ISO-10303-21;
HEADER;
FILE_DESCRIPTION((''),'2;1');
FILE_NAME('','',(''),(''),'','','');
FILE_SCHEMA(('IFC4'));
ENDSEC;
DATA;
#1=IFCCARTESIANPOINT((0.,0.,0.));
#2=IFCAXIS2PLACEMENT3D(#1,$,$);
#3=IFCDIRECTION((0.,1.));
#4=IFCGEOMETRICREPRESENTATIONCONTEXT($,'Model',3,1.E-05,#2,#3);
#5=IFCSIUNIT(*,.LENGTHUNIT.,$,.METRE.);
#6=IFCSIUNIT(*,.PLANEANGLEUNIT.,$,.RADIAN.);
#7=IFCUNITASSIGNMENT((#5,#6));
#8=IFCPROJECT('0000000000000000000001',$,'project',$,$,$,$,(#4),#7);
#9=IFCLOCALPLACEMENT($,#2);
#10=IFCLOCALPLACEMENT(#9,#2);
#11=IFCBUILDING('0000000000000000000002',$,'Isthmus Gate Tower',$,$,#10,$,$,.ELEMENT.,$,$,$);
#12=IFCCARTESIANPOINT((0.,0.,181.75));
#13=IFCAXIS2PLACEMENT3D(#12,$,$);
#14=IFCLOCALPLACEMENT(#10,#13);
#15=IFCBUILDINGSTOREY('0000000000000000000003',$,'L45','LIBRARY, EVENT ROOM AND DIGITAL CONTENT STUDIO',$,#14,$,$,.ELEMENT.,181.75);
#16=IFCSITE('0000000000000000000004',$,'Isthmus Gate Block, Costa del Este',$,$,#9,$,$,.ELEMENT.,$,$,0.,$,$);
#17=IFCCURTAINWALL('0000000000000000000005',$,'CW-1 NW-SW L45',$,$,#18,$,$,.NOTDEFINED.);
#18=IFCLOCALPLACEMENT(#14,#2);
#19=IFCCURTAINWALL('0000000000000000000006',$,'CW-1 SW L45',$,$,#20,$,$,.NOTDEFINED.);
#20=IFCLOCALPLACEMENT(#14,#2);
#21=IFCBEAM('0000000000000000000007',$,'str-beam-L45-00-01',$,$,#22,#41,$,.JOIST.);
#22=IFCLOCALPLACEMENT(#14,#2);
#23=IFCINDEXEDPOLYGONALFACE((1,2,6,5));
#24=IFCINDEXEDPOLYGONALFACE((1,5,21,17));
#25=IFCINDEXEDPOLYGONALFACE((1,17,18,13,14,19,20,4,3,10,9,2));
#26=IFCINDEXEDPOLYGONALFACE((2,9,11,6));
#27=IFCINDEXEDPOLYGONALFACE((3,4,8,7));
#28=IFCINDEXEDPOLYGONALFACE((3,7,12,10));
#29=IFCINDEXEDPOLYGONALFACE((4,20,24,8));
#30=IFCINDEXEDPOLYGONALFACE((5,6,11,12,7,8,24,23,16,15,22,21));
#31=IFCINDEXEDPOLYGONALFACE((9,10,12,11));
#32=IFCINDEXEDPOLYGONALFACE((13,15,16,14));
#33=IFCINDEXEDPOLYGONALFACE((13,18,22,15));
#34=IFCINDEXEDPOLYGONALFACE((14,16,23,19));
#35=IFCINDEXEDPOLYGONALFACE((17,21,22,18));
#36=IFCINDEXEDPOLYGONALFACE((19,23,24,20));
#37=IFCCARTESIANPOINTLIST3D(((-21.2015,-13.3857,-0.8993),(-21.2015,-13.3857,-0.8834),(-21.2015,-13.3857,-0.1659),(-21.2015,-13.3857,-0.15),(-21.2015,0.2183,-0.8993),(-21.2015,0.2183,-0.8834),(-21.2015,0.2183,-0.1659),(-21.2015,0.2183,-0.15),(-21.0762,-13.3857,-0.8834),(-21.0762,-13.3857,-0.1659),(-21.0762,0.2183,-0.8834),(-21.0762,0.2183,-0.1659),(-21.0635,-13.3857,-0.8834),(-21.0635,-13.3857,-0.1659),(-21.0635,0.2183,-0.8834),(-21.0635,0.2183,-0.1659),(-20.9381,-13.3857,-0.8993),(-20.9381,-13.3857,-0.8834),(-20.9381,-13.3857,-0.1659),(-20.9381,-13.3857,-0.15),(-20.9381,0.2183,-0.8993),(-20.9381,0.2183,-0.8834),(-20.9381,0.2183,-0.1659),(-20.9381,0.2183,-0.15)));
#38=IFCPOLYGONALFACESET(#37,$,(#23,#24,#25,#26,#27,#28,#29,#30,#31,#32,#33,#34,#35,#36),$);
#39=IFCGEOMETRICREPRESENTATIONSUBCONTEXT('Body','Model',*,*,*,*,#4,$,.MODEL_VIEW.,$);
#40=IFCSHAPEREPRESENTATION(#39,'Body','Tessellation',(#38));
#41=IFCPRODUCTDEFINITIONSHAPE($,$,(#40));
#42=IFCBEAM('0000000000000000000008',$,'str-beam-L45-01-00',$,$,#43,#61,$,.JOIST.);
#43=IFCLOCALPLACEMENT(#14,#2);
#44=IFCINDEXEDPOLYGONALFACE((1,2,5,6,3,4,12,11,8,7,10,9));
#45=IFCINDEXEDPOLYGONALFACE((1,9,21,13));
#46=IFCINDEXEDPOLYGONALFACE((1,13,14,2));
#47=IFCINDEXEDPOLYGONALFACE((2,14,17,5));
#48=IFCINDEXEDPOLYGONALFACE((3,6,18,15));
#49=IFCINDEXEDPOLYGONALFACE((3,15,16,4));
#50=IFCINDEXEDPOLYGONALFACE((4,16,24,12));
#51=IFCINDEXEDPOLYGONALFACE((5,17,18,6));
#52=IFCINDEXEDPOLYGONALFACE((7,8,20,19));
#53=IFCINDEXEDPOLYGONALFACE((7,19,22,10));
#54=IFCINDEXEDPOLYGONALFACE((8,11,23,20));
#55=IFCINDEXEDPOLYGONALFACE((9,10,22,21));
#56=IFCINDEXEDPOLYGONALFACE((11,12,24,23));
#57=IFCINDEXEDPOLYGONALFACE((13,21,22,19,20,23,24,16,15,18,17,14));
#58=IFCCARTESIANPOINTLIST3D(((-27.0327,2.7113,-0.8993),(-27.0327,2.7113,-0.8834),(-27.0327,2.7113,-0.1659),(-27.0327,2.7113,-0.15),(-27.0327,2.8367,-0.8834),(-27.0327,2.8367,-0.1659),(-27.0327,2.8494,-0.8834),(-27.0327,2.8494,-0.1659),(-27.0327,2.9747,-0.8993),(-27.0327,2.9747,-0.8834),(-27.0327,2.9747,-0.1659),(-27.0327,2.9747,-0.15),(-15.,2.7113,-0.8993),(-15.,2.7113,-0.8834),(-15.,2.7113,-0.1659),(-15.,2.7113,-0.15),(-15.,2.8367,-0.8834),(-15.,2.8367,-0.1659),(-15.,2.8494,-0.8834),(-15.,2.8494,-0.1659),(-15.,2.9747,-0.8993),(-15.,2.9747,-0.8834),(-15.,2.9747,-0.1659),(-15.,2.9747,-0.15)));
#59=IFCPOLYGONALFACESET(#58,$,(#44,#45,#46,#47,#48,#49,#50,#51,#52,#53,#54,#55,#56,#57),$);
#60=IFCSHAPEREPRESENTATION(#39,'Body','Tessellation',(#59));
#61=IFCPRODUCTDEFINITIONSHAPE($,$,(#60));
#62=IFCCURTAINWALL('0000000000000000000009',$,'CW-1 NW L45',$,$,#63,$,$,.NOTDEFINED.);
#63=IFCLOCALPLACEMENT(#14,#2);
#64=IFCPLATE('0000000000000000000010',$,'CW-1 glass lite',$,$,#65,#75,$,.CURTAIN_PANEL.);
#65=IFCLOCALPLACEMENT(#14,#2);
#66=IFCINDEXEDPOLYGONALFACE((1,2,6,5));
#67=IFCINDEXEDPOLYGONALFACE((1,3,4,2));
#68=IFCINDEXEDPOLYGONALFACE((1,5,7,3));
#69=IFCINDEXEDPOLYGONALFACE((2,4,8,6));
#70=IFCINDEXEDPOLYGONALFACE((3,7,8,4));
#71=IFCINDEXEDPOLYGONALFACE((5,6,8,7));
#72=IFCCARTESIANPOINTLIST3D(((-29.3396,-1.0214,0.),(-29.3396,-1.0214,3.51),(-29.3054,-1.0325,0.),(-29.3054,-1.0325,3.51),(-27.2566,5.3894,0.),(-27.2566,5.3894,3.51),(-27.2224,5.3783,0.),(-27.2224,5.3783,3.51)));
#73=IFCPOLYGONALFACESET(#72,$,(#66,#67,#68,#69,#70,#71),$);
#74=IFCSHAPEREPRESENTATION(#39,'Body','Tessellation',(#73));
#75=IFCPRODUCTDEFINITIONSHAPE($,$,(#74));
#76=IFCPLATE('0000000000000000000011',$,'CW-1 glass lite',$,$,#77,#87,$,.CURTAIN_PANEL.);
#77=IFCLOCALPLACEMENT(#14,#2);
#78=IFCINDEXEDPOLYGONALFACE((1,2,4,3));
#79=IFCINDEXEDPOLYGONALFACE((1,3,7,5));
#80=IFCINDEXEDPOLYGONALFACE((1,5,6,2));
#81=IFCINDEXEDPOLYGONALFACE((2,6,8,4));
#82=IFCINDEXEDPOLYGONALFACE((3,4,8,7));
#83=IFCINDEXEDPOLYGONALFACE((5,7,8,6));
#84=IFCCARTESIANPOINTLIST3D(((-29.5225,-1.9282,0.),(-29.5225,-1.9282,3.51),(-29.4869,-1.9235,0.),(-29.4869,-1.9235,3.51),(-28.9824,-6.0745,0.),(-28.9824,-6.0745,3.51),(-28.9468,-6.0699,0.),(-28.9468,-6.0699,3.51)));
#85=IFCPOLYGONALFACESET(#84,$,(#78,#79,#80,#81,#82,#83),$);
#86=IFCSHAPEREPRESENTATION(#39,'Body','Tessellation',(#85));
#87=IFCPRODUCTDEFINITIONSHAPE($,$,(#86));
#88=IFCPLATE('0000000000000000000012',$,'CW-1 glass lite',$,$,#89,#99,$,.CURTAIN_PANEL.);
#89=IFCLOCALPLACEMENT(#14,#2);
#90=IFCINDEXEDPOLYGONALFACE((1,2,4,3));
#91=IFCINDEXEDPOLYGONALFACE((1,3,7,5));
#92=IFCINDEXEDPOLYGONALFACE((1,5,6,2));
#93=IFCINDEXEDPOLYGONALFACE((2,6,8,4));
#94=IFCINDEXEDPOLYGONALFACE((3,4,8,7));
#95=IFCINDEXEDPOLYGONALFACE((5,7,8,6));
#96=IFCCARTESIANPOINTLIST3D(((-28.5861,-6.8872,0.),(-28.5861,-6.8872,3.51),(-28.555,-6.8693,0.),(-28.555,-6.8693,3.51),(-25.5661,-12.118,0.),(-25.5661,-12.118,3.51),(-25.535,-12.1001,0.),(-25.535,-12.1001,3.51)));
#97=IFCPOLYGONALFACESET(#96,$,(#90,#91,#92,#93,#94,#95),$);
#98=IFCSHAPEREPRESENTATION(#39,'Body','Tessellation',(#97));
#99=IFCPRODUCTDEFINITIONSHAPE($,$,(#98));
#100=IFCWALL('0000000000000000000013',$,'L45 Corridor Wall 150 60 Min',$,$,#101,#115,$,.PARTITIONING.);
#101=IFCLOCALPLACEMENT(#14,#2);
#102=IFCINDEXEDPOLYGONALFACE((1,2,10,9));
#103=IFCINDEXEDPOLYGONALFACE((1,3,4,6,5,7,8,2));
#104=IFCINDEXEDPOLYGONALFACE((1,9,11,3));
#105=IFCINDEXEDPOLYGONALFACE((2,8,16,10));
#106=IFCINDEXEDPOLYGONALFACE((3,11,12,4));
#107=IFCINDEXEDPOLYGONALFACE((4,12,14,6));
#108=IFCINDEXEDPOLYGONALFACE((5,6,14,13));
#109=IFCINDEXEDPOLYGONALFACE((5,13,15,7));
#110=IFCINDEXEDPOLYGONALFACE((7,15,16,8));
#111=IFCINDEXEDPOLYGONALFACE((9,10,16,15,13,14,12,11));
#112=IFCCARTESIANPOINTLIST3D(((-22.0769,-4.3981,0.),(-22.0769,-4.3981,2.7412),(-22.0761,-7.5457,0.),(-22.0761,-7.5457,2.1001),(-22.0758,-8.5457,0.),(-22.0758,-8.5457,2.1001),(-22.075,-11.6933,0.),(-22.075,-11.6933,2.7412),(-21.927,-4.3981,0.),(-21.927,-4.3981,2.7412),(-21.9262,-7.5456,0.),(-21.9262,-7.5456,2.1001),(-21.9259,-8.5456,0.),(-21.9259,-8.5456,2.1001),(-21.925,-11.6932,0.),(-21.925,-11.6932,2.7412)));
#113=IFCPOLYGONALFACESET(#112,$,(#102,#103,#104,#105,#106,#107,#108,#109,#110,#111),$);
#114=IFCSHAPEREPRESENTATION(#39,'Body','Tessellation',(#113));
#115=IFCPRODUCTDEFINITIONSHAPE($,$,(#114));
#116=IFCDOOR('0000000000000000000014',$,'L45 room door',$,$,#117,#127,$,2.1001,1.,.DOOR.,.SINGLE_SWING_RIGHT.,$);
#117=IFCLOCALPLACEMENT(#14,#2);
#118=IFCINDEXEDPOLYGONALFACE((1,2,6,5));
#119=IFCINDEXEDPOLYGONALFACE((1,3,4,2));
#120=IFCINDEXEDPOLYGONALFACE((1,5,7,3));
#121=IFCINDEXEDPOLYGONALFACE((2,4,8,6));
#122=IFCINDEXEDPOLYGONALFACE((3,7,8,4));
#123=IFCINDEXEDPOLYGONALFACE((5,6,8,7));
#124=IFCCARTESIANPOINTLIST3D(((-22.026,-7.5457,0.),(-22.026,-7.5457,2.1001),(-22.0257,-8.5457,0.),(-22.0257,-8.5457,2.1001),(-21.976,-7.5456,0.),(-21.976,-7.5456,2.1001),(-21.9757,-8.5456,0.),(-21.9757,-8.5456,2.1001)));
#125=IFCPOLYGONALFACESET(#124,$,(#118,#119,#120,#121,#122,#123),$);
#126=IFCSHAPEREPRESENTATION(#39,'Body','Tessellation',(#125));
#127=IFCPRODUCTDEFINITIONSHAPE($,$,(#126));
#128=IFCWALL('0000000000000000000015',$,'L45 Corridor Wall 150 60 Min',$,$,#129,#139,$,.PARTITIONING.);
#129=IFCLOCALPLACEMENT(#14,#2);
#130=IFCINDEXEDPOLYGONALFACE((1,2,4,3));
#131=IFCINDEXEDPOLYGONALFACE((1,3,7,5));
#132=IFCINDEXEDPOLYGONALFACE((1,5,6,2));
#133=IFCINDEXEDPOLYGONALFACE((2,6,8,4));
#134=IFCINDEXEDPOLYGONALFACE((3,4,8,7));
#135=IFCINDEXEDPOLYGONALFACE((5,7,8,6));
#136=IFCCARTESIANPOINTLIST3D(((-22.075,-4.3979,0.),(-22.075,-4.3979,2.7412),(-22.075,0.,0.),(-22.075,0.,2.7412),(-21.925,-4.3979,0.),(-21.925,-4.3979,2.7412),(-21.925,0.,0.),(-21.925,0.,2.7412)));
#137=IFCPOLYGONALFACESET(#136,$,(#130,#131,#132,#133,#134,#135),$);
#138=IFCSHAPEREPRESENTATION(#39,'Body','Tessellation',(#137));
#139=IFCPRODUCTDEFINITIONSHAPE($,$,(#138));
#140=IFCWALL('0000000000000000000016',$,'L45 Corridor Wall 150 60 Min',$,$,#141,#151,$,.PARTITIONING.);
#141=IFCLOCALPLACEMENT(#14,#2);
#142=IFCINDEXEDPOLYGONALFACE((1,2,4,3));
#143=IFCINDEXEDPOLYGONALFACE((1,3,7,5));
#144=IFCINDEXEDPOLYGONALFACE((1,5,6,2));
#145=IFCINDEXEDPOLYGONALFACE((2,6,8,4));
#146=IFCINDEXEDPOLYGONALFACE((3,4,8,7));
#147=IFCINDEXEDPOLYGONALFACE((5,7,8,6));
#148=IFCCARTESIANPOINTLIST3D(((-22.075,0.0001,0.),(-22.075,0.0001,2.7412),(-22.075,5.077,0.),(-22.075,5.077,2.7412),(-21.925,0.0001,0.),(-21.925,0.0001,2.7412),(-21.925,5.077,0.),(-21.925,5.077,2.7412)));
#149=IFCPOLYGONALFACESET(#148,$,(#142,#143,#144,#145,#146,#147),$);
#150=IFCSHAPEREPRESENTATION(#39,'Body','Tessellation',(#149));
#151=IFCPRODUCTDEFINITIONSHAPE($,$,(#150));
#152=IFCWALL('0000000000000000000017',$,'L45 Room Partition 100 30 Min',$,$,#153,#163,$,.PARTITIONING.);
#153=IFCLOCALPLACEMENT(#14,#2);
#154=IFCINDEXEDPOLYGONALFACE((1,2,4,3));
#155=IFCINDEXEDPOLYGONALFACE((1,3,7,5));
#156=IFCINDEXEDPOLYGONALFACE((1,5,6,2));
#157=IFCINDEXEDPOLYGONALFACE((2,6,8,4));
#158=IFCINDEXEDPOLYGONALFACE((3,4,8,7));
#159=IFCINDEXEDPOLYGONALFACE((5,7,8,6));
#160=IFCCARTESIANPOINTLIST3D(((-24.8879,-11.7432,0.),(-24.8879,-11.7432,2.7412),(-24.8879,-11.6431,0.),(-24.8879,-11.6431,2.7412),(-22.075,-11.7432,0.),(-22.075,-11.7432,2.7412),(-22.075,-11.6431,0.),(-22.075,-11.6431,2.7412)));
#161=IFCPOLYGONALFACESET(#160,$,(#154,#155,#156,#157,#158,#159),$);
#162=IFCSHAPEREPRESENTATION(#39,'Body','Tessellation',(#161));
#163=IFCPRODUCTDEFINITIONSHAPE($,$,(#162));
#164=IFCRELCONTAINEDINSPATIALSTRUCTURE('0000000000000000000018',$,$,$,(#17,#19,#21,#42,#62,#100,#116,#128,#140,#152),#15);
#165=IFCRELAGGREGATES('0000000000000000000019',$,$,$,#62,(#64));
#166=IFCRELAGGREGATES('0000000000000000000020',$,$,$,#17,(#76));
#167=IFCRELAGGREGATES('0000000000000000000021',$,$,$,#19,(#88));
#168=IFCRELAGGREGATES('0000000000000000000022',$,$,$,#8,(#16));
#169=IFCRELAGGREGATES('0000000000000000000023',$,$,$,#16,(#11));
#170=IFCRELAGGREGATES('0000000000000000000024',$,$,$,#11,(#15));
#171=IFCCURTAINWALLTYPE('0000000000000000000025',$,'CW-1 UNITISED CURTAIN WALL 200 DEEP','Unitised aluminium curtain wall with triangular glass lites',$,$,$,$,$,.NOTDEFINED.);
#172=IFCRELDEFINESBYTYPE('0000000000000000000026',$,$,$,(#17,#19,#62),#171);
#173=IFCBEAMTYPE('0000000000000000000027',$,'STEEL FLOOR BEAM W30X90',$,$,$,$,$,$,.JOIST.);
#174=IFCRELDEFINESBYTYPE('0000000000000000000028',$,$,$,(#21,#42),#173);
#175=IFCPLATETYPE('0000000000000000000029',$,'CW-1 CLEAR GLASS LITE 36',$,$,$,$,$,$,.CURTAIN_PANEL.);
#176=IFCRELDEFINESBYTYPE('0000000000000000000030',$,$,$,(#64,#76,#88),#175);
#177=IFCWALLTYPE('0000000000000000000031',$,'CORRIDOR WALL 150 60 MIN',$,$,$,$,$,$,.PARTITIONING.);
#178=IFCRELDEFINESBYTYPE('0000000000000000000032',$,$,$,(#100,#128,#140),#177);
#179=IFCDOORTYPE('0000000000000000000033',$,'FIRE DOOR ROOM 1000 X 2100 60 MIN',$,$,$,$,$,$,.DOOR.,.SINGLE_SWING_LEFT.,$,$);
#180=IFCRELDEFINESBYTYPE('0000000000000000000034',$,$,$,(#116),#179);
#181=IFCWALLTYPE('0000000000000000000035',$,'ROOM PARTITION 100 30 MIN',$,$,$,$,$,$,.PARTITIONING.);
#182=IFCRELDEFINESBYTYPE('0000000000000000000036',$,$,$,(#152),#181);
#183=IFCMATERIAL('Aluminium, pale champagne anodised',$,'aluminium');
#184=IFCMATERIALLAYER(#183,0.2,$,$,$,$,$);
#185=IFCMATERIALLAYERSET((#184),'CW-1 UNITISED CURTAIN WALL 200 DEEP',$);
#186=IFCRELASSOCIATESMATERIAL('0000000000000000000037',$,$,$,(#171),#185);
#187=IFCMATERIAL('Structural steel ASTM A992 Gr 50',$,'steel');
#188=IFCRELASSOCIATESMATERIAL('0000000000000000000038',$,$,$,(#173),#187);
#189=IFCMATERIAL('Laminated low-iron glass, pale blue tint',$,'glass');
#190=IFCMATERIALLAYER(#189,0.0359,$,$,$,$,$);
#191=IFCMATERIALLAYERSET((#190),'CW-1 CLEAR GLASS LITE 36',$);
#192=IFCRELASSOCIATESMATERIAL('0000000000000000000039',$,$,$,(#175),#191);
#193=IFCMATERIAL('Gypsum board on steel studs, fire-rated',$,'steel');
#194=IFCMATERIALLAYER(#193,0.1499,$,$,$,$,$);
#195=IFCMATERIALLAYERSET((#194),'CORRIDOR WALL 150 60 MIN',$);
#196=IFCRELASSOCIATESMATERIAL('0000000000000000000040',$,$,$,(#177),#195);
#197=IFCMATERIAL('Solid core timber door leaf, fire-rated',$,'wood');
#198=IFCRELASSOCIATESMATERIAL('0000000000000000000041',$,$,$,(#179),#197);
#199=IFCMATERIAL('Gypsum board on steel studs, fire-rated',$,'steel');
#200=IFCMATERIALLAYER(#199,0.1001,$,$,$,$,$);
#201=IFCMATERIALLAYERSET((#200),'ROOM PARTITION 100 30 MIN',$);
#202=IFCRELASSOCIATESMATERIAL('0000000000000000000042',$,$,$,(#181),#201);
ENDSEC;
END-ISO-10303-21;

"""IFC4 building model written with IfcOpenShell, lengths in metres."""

from ifc_helpers import new_model, si_unit, direction, frame, frame_2d, origin, origin_2d, place, context, subcontext, project, spatial, rectangle, i_section, extrude, material, layer, layer_set, material_profile, profile_set, type_object, element, fill, aggregate, save


model = new_model("IFC4")

# Units and contexts
model_context = context("Model", 3, precision=1e-05, world=origin(), true_north=direction((0.0, 1.0)))
body_context = subcontext(model_context, "Body", "Model", "MODEL_VIEW")
ifc_project = project(units=[si_unit("LENGTHUNIT", "METRE"), si_unit("PLANEANGLEUNIT", "RADIAN")], contexts=[model_context])

# Site, building, storey
site_placement = place(None, origin())
site = spatial("IfcSite", under=ifc_project, at=site_placement, Name="Isthmus Gate Block, Costa del Este", CompositionType="ELEMENT", RefElevation=0.0)
building_placement = place(site_placement, origin())
building = spatial("IfcBuilding", under=site, at=building_placement, Name="Isthmus Gate Tower", CompositionType="ELEMENT")
storey_placement = place(building_placement, frame((0.0, 0.0, 181.75)))
storey = spatial("IfcBuildingStorey", under=building, at=storey_placement, Name="L45", Description="LIBRARY, EVENT ROOM AND DIGITAL CONTENT STUDIO", CompositionType="ELEMENT", Elevation=181.75)

# Curtain walls
ifc_material_1 = material(Name="Aluminium, pale champagne anodised", Category="aluminium")
ifc_layer_1 = layer(ifc_material_1, 0.2)
ifc_layer_set_1 = layer_set([ifc_layer_1], Name="CW-1 UNITISED CURTAIN WALL 200 DEEP")
curtain_wall_type = type_object("IfcCurtainWallType", Name="CW-1 UNITISED CURTAIN WALL 200 DEEP", Description="Unitised aluminium curtain wall with triangular glass lites", PredefinedType="NOTDEFINED", material=ifc_layer_set_1)
curtain_wall_1_placement = place(storey_placement, origin())
curtain_wall_1 = element("IfcCurtainWall", 1, at=curtain_wall_1_placement, inside=storey, type_object=curtain_wall_type, Name="CW-1 NW-SW L45", PredefinedType="NOTDEFINED")
curtain_wall_2_placement = place(storey_placement, origin())
curtain_wall_2 = element("IfcCurtainWall", 2, at=curtain_wall_2_placement, inside=storey, type_object=curtain_wall_type, Name="CW-1 SW L45", PredefinedType="NOTDEFINED")

# Beams
ifc_material_2 = material(Name="Structural steel ASTM A992 Gr 50", Category="steel")
ifc_material_profile_1 = material_profile(ifc_material_2, i_section(OverallWidth=0.2634, OverallDepth=0.7493, WebThickness=0.0127, FlangeThickness=0.0159, at=origin_2d()), Name="W30X90")
ifc_profile_set_1 = profile_set([ifc_material_profile_1], Name="Structural steel ASTM A992 Gr 50")
beam_type_1 = type_object("IfcBeamType", Name="STEEL FLOOR BEAM W30X90", PredefinedType="JOIST", material=ifc_profile_set_1)
beam_1_placement = place(storey_placement, frame((-21.0698, -13.3857, -0.5247), z_axis=(0.0, 1.0, 0.0), x_axis=(-1.0, 0.0, 0.0)))
element("IfcBeam", 3, at=beam_1_placement, inside=storey, type_object=beam_type_1, Name="str-beam-L45-00-01", PredefinedType="JOIST", context=body_context, shape_type="SweptSolid", body=[
    extrude(i_section(OverallWidth=0.2634, OverallDepth=0.7493, WebThickness=0.0127, FlangeThickness=0.0159, at=origin_2d()), origin(), (0.0, 0.0, 1.0), 13.604),
])
beam_2_placement = place(storey_placement, frame((-27.0327, 2.843, -0.5247), z_axis=(1.0, 0.0, 0.0), x_axis=(0.0, 1.0, 0.0)))
element("IfcBeam", 4, at=beam_2_placement, inside=storey, type_object=beam_type_1, Name="str-beam-L45-01-00", PredefinedType="JOIST", context=body_context, shape_type="SweptSolid", body=[
    extrude(i_section(OverallWidth=0.2634, OverallDepth=0.7493, WebThickness=0.0127, FlangeThickness=0.0159, at=origin_2d()), origin(), (0.0, 0.0, 1.0), 12.0327),
])

# Curtain wall, plate
curtain_wall_3_placement = place(storey_placement, origin())
curtain_wall_3 = element("IfcCurtainWall", 5, at=curtain_wall_3_placement, inside=storey, type_object=curtain_wall_type, Name="CW-1 NW L45", PredefinedType="NOTDEFINED")
ifc_material_3 = material(Name="Laminated low-iron glass, pale blue tint", Category="glass")
ifc_layer_2 = layer(ifc_material_3, 0.0359)
ifc_layer_set_2 = layer_set([ifc_layer_2], Name="CW-1 CLEAR GLASS LITE 36")
plate_type = type_object("IfcPlateType", Name="CW-1 CLEAR GLASS LITE 36", PredefinedType="CURTAIN_PANEL", material=ifc_layer_set_2)
plate_1_placement = place(storey_placement, frame((-28.281, 2.1785, 0.0), z_axis=(0.0, 0.0, 1.0), x_axis=(-0.309017, -0.951057, 0.0)))
plate_1 = element("IfcPlate", 6, at=plate_1_placement, type_object=plate_type, Name="CW-1 glass lite", PredefinedType="CURTAIN_PANEL", context=body_context, shape_type="SweptSolid", body=[
    extrude(rectangle(XDim=6.7407, YDim=0.0359, at=origin_2d()), origin(), (0.0, 0.0, 1.0), 3.51),
])
aggregate(curtain_wall_3, [plate_1])

# Plates
plate_2_placement = place(storey_placement, frame((-29.2346, -3.999, 0.0), z_axis=(0.0, 0.0, 1.0), x_axis=(0.129165, -0.991623, 0.0)))
plate_2 = element("IfcPlate", 7, at=plate_2_placement, type_object=plate_type, Name="CW-1 glass lite", PredefinedType="CURTAIN_PANEL", context=body_context, shape_type="SweptSolid", body=[
    extrude(rectangle(XDim=4.1814, YDim=0.0359, at=origin_2d()), origin(), (0.0, 0.0, 1.0), 3.51),
])
aggregate(curtain_wall_1, [plate_2])
plate_3_placement = place(storey_placement, frame((-27.0605, -9.4937, 0.0), z_axis=(0.0, 0.0, 1.0), x_axis=(0.5, -0.866025, 0.0)))
plate_3 = element("IfcPlate", 8, at=plate_3_placement, type_object=plate_type, Name="CW-1 glass lite", PredefinedType="CURTAIN_PANEL", context=body_context, shape_type="SweptSolid", body=[
    extrude(rectangle(XDim=6.04, YDim=0.0359, at=origin_2d()), origin(), (0.0, 0.0, 1.0), 3.51),
])
aggregate(curtain_wall_2, [plate_3])

# Wall, opening, door
ifc_material_4 = material(Name="Gypsum board on steel studs, fire-rated", Category="steel")
ifc_layer_3 = layer(ifc_material_4, 0.1499)
ifc_layer_set_3 = layer_set([ifc_layer_3], Name="CORRIDOR WALL 150 60 MIN")
wall_type_1 = type_object("IfcWallType", Name="CORRIDOR WALL 150 60 MIN", PredefinedType="PARTITIONING", material=ifc_layer_set_3)
wall_1_placement = place(storey_placement, frame((-22.0, -11.6931, 0.0), z_axis=(0.0, 0.0, 1.0), x_axis=(-0.000268, 1.0, 0.0)))
wall_1 = element("IfcWall", 9, at=wall_1_placement, inside=storey, type_object=wall_type_1, Name="L45 Corridor Wall 150 60 Min", PredefinedType="PARTITIONING", context=body_context, shape_type="SweptSolid", body=[
    extrude(rectangle(XDim=7.2952, YDim=0.1499, at=frame_2d((3.6475, 0.0))), origin(), (0.0, 0.0, 1.0), 2.7412),
])
opening_placement = place(wall_1_placement, frame((3.1475, 0.0, 0.0)))
opening = element("IfcOpeningElement", 10, at=opening_placement, cuts=wall_1, PredefinedType="OPENING", context=body_context, shape_type="SweptSolid", body=[
    extrude(rectangle(XDim=1.0, YDim=2.1001, at=frame_2d((0.5, 1.05))), frame((0.0, 0.085, 0.0), z_axis=(0.0, -1.0, 0.0), x_axis=(1.0, 0.0, 0.0)), (0.0, 0.0, 1.0), 0.1699),
])
ifc_material_5 = material(Name="Solid core timber door leaf, fire-rated", Category="wood")
door_type = type_object("IfcDoorType", Name="FIRE DOOR ROOM 1000 X 2100 60 MIN", OperationType="SINGLE_SWING_LEFT", PredefinedType="DOOR", material=ifc_material_5)
door_placement = place(opening_placement, origin())
door = element("IfcDoor", 11, at=door_placement, inside=storey, type_object=door_type, Name="L45 room door", OperationType="SINGLE_SWING_RIGHT", OverallHeight=2.1001, OverallWidth=1.0, PredefinedType="DOOR", context=body_context, shape_type="SweptSolid", body=[
    extrude(rectangle(XDim=1.0, YDim=2.1001, at=frame_2d((0.5, 1.05))), frame((0.0, 0.0249, 0.0), z_axis=(0.0, -1.0, 0.0), x_axis=(1.0, 0.0, 0.0)), (0.0, 0.0, 1.0), 0.05),
])
fill(opening, door)

# Walls
wall_2_placement = place(storey_placement, frame((-22.0, -4.3979, 0.0), z_axis=(0.0, 0.0, 1.0), x_axis=(0.0, 1.0, 0.0)))
element("IfcWall", 12, at=wall_2_placement, inside=storey, type_object=wall_type_1, Name="L45 Corridor Wall 150 60 Min", PredefinedType="PARTITIONING", context=body_context, shape_type="SweptSolid", body=[
    extrude(rectangle(XDim=4.3979, YDim=0.1499, at=frame_2d((2.199, 0.0))), origin(), (0.0, 0.0, 1.0), 2.7412),
])
wall_3_placement = place(storey_placement, frame((-22.0, 0.0, 0.0), z_axis=(0.0, 0.0, 1.0), x_axis=(0.0, 1.0, 0.0)))
element("IfcWall", 13, at=wall_3_placement, inside=storey, type_object=wall_type_1, Name="L45 Corridor Wall 150 60 Min", PredefinedType="PARTITIONING", context=body_context, shape_type="SweptSolid", body=[
    extrude(rectangle(XDim=5.0769, YDim=0.1499, at=frame_2d((2.5386, 0.0))), origin(), (0.0, 0.0, 1.0), 2.7412),
])
ifc_material_6 = material(Name="Gypsum board on steel studs, fire-rated", Category="steel")
ifc_layer_4 = layer(ifc_material_6, 0.1001)
ifc_layer_set_4 = layer_set([ifc_layer_4], Name="ROOM PARTITION 100 30 MIN")
wall_type_2 = type_object("IfcWallType", Name="ROOM PARTITION 100 30 MIN", PredefinedType="PARTITIONING", material=ifc_layer_set_4)
wall_4_placement = place(storey_placement, frame((-24.8879, -11.6931, 0.0), z_axis=(0.0, 0.0, 1.0), x_axis=(1.0, 0.0, 0.0)))
element("IfcWall", 14, at=wall_4_placement, inside=storey, type_object=wall_type_2, Name="L45 Room Partition 100 30 Min", PredefinedType="PARTITIONING", context=body_context, shape_type="SweptSolid", body=[
    extrude(rectangle(XDim=2.813, YDim=0.1001, at=frame_2d((1.4065, 0.0))), origin(), (0.0, 0.0, 1.0), 2.7412),
])

save(model, "model.ifc")
